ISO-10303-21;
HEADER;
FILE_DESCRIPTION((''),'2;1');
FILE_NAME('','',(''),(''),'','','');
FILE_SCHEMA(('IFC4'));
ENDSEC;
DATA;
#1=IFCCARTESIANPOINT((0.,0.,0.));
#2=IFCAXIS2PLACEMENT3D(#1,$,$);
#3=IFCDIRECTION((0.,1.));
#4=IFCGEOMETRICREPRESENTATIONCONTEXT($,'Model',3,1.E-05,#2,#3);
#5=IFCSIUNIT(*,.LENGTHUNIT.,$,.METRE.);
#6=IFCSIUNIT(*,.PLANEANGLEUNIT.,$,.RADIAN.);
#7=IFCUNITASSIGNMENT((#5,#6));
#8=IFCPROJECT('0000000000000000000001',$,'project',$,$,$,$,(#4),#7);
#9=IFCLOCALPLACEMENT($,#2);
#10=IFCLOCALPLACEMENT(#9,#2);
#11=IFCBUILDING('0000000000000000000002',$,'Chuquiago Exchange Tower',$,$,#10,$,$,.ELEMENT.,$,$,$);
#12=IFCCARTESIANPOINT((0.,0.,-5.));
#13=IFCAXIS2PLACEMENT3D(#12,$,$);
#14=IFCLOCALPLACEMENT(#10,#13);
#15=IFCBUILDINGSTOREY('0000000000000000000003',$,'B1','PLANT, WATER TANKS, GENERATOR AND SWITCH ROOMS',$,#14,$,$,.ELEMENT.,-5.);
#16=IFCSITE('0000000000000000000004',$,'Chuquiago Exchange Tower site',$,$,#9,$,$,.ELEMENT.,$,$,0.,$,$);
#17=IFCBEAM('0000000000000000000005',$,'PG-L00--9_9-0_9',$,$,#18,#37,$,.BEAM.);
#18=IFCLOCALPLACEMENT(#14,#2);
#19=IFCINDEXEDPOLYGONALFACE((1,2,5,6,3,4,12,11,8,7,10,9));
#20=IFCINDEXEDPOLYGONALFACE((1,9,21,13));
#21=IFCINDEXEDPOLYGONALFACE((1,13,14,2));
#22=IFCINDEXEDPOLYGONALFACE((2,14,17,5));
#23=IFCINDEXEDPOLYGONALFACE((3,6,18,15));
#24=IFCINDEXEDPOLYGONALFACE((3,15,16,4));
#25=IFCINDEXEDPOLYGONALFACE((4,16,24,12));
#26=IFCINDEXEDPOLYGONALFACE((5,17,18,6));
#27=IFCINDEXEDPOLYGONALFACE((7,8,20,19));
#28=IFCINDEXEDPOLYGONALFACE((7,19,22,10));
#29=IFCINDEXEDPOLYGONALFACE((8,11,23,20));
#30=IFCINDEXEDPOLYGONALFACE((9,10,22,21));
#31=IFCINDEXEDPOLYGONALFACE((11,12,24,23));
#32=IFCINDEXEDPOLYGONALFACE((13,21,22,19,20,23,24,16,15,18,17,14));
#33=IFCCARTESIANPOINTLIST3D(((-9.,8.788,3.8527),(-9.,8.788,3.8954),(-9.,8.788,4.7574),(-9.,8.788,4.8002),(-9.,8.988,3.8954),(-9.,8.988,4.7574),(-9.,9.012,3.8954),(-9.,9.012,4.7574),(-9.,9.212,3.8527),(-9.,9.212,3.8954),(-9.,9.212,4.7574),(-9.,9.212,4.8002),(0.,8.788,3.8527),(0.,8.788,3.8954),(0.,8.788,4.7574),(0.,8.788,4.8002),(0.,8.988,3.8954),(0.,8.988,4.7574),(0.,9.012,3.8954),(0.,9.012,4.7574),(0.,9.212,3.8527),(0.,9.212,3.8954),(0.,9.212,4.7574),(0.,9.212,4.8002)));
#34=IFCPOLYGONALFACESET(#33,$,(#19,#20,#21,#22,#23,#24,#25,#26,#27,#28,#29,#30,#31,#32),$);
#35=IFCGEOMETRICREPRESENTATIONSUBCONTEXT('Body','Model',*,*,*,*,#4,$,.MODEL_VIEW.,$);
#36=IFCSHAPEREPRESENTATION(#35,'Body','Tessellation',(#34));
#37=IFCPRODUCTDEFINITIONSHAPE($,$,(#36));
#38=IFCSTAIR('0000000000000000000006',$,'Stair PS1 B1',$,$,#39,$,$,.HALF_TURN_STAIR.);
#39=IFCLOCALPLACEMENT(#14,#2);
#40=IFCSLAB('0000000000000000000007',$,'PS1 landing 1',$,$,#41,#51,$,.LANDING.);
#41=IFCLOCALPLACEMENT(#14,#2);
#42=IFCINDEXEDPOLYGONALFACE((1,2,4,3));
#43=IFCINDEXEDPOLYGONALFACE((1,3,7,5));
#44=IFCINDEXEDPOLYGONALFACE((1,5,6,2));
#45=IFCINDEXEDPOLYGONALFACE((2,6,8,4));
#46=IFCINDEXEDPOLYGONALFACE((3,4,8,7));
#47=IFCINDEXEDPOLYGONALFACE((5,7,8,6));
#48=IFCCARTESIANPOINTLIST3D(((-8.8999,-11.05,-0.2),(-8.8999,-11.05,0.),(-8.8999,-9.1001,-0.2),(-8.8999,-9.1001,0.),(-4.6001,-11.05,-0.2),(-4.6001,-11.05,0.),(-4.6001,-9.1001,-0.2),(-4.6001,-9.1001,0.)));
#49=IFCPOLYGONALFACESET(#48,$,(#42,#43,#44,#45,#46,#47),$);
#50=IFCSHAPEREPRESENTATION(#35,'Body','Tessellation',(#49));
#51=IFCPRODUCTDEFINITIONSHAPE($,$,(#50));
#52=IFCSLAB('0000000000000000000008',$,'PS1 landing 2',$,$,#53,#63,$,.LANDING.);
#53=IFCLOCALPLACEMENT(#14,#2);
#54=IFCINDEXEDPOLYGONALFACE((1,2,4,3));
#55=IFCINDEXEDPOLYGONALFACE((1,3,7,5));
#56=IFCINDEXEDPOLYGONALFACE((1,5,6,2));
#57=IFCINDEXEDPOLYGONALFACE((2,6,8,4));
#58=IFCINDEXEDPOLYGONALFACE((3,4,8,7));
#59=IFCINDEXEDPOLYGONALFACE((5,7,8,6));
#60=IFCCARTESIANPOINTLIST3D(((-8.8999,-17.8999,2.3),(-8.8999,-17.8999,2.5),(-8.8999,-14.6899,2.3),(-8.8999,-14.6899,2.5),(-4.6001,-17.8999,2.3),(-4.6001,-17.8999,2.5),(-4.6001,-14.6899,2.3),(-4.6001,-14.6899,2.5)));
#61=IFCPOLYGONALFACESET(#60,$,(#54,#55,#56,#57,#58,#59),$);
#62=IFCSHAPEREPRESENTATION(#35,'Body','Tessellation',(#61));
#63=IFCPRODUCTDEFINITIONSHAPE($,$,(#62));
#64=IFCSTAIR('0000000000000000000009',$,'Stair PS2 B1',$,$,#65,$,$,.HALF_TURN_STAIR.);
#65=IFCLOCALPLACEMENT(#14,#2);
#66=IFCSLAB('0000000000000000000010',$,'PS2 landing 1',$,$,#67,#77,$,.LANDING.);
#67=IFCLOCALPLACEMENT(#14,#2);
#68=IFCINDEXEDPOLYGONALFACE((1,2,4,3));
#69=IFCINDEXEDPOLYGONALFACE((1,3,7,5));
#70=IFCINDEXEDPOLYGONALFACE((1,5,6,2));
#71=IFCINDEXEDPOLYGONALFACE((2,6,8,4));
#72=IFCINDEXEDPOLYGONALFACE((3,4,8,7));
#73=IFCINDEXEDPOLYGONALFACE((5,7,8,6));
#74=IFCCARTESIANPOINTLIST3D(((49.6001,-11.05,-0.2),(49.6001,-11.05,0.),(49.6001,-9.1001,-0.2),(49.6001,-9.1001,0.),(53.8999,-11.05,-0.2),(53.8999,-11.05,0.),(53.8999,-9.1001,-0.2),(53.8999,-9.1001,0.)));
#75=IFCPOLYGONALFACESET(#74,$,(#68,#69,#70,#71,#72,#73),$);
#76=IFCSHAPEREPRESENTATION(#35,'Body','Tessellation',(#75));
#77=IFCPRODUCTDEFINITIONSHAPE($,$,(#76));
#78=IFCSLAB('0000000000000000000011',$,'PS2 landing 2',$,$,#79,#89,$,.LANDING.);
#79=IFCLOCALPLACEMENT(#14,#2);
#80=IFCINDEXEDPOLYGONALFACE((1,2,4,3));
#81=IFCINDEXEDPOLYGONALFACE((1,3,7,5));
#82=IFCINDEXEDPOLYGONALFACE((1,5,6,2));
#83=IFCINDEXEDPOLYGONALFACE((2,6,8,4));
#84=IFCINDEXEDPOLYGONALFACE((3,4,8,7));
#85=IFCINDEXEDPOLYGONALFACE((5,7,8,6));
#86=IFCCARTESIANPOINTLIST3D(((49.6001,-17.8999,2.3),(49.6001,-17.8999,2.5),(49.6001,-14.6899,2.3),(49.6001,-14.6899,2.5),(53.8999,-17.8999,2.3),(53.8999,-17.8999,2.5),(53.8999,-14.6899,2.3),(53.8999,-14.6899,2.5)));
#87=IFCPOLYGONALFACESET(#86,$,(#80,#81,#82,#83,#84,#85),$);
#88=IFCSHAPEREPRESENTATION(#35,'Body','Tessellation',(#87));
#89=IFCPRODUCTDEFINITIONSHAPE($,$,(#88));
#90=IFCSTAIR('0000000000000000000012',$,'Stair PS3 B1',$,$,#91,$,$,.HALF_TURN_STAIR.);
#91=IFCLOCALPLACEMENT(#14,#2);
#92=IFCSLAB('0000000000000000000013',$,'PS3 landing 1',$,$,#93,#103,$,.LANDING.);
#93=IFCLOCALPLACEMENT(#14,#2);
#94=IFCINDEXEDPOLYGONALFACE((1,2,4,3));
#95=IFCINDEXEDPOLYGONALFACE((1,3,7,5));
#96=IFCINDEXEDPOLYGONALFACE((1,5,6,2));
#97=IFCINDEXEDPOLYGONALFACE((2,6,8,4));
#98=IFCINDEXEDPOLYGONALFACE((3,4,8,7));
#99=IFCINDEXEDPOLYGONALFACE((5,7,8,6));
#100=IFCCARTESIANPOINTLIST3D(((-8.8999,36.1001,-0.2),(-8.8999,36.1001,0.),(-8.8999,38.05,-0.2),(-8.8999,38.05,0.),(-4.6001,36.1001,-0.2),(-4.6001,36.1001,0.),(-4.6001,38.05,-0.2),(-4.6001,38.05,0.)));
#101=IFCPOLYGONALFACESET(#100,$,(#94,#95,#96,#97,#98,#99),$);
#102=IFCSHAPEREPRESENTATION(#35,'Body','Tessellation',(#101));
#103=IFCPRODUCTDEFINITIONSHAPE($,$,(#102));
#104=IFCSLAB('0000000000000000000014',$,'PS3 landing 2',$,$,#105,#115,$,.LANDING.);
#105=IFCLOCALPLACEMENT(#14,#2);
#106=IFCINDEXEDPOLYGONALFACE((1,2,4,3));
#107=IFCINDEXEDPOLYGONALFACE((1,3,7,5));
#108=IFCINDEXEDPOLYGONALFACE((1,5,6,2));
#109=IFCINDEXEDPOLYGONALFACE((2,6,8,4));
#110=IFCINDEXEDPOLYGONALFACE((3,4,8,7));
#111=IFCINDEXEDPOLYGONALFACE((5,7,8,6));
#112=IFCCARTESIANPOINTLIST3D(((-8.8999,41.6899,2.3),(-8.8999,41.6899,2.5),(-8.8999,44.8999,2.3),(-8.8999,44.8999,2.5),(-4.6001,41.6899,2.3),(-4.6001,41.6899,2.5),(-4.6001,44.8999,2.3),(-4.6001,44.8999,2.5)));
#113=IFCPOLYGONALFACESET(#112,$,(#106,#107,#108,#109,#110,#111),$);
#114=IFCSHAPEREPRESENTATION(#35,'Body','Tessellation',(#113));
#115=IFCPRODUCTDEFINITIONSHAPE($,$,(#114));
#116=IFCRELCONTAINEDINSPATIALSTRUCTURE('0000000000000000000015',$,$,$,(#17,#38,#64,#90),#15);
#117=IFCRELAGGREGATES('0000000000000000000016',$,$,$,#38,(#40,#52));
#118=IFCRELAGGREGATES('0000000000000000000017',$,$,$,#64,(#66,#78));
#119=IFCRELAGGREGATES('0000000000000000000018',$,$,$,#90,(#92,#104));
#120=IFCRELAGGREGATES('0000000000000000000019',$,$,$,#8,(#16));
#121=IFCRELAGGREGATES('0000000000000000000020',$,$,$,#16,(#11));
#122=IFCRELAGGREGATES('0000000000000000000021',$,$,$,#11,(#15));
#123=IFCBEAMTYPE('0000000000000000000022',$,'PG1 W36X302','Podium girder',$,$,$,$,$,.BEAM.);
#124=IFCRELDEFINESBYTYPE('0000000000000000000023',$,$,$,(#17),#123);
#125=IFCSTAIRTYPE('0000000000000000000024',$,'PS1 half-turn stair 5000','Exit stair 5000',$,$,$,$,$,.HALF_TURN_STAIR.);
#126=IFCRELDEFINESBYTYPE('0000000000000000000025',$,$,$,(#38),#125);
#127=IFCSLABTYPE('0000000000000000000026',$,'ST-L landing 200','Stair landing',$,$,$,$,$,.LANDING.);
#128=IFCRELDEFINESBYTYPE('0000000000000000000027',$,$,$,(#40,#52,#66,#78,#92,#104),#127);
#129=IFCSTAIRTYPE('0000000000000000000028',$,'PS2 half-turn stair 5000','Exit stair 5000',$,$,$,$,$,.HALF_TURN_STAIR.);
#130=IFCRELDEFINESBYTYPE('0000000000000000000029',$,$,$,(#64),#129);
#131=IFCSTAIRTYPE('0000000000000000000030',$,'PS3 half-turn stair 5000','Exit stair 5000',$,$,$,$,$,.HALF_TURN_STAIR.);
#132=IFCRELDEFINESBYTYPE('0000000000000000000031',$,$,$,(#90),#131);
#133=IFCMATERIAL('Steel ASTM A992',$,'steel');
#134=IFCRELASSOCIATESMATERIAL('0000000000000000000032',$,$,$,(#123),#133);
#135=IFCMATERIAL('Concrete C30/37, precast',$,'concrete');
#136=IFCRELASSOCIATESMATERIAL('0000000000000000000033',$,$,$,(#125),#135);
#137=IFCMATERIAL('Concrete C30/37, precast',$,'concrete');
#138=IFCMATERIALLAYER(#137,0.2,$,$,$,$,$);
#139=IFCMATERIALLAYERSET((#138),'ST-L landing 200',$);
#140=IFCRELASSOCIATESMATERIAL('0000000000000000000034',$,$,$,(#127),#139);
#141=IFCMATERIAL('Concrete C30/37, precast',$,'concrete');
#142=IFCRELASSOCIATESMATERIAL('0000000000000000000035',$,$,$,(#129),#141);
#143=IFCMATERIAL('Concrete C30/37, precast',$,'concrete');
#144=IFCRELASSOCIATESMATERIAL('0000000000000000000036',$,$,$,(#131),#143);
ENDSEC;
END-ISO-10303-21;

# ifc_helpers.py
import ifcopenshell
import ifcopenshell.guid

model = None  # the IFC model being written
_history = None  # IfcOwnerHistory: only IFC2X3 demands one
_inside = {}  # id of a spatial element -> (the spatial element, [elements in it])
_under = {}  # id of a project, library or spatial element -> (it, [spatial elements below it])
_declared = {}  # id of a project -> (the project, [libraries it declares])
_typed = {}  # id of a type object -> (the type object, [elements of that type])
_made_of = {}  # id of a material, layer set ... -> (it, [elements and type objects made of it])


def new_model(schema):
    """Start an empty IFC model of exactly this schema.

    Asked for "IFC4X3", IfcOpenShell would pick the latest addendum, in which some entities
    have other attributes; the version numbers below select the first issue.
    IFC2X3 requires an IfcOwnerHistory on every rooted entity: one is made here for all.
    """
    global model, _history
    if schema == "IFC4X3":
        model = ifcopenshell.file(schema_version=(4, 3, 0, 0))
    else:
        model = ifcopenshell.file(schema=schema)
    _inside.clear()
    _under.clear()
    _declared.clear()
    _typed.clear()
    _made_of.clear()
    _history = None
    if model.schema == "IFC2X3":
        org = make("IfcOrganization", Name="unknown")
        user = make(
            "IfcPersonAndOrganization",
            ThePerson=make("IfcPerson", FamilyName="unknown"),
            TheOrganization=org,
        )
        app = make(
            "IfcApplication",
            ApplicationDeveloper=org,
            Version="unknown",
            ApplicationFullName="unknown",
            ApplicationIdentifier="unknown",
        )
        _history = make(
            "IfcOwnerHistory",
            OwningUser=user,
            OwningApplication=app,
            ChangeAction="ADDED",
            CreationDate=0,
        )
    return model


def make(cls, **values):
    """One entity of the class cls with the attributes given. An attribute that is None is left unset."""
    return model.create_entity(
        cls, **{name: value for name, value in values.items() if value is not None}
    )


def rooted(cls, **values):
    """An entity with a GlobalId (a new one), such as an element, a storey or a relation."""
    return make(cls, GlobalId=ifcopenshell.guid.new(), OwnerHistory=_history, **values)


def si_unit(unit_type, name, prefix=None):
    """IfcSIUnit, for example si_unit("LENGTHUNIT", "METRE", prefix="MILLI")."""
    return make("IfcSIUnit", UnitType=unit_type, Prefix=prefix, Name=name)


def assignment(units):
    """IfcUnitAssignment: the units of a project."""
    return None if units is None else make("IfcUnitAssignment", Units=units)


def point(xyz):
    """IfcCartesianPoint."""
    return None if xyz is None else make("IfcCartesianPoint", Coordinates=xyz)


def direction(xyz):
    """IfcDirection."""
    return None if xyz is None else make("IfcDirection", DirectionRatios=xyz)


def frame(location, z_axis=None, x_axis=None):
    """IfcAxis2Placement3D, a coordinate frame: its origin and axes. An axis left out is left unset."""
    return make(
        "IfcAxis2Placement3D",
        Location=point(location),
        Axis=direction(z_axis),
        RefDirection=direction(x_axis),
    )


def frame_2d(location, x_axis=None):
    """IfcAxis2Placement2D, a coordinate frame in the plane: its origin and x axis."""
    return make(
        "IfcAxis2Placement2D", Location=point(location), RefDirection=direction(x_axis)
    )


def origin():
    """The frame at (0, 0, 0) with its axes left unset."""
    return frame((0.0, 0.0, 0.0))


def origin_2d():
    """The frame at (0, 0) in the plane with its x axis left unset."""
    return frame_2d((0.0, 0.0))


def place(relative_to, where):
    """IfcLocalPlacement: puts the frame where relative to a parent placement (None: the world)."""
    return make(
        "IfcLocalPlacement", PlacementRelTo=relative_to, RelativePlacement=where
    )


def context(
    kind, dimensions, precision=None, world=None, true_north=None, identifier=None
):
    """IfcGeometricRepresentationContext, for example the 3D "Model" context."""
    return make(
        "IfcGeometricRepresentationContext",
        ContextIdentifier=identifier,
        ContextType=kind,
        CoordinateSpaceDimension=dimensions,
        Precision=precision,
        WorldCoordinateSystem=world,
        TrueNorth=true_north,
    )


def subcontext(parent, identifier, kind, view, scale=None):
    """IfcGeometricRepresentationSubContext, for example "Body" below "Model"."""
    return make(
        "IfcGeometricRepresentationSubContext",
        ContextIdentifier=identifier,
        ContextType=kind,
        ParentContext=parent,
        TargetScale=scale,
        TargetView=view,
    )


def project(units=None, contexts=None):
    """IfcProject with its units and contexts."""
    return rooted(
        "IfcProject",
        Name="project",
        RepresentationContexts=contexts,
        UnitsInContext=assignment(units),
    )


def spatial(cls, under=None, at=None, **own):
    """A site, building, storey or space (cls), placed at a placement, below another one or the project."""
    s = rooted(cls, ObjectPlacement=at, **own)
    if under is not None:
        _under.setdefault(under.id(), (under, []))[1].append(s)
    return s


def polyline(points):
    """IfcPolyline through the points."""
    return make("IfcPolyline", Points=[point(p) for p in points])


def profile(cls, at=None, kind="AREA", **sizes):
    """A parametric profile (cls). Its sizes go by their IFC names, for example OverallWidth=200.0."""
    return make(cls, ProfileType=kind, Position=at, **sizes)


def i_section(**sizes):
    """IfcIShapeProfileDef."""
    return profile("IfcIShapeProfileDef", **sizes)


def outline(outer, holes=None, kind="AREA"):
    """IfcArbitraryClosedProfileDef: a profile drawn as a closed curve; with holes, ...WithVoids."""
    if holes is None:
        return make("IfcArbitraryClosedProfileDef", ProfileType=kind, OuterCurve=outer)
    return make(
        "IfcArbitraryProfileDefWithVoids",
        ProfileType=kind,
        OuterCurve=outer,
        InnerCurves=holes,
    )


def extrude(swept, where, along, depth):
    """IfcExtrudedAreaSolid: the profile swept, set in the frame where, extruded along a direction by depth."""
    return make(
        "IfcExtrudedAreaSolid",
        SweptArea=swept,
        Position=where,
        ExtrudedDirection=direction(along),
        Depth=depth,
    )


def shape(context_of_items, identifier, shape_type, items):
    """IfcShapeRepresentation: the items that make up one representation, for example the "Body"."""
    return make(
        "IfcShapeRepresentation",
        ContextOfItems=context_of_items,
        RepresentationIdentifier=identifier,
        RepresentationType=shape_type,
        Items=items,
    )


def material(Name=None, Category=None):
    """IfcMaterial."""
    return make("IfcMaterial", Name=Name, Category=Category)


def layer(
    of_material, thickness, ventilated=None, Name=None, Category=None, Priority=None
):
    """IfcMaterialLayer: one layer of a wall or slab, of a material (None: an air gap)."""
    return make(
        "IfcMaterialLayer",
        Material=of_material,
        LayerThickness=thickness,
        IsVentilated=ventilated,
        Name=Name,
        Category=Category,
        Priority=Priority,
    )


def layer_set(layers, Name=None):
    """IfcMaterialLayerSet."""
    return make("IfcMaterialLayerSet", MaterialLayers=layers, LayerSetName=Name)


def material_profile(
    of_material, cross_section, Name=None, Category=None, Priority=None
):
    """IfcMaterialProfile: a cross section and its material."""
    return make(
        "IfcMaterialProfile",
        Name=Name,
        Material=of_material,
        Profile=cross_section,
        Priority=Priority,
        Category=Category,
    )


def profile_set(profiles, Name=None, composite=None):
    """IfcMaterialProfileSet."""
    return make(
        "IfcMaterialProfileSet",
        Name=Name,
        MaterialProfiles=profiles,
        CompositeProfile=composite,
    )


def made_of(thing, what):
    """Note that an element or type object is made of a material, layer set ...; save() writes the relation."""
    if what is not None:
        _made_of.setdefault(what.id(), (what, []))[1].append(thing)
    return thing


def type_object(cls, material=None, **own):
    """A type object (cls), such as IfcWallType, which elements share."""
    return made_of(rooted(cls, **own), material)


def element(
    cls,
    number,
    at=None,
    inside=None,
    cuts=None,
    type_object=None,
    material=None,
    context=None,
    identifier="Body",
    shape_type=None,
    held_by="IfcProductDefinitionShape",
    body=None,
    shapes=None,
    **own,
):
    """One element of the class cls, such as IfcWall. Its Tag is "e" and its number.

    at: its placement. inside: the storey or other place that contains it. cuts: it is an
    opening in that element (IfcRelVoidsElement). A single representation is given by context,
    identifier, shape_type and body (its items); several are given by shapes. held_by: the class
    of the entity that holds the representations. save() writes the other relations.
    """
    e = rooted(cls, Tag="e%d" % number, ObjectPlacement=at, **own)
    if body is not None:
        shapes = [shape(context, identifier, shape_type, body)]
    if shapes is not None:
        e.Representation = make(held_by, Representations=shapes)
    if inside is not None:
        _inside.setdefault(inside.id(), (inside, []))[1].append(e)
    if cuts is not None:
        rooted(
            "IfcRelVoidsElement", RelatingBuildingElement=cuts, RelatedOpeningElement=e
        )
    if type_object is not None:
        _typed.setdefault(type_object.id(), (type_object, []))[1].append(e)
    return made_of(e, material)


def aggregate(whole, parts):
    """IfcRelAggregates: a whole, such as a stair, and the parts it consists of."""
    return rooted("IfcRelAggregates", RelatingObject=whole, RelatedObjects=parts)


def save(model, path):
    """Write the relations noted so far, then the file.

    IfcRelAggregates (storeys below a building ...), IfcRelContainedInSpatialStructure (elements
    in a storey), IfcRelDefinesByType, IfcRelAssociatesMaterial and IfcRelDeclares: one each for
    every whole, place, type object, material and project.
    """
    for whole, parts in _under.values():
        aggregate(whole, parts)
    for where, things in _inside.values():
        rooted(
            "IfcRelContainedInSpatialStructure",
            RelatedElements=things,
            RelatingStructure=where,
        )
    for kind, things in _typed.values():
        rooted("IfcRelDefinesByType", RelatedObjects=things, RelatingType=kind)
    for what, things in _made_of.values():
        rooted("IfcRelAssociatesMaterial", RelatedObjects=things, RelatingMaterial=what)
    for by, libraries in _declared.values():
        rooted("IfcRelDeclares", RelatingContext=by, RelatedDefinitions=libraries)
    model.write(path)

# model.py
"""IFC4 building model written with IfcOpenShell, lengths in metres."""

from ifc_helpers import new_model, si_unit, direction, frame, origin, origin_2d, place, context, subcontext, project, spatial, polyline, i_section, outline, extrude, material, layer, layer_set, material_profile, profile_set, type_object, element, aggregate, save


model = new_model("IFC4")

# Units and contexts
model_context = context("Model", 3, precision=1e-05, world=origin(), true_north=direction((0.0, 1.0)))
body_context = subcontext(model_context, "Body", "Model", "MODEL_VIEW")
ifc_project = project(units=[si_unit("LENGTHUNIT", "METRE"), si_unit("PLANEANGLEUNIT", "RADIAN")], contexts=[model_context])

# Site, building, storey
site_placement = place(None, origin())
site = spatial("IfcSite", under=ifc_project, at=site_placement, Name="Chuquiago Exchange Tower site", CompositionType="ELEMENT", RefElevation=0.0)
building_placement = place(site_placement, origin())
building = spatial("IfcBuilding", under=site, at=building_placement, Name="Chuquiago Exchange Tower", CompositionType="ELEMENT")
storey_placement = place(building_placement, frame((0.0, 0.0, -5.0)))
storey = spatial("IfcBuildingStorey", under=building, at=storey_placement, Name="B1", Description="PLANT, WATER TANKS, GENERATOR AND SWITCH ROOMS", CompositionType="ELEMENT", Elevation=-5.0)

# Beam
ifc_material_1 = material(Name="Steel ASTM A992", Category="steel")
ifc_material_profile_1 = material_profile(ifc_material_1, i_section(OverallWidth=0.4241, OverallDepth=0.9475, WebThickness=0.0239, FlangeThickness=0.0427, at=origin_2d()), Name="W36X302")
ifc_profile_set_1 = profile_set([ifc_material_profile_1], Name="Steel ASTM A992")
beam_type_1 = type_object("IfcBeamType", Name="PG1 W36X302", Description="Podium girder", PredefinedType="BEAM", material=ifc_profile_set_1)
for number, where, z_axis, x_axis, name in (
    (1, (-9.0, 9.0, 4.3264), (1.0, 0.0, 0.0), (0.0, 1.0, 0.0), "PG-L00--9_9-0_9"),
):
    element("IfcBeam", number, at=place(storey_placement, frame(where, z_axis=z_axis, x_axis=x_axis)), inside=storey, type_object=beam_type_1, Name=name, PredefinedType="BEAM", context=body_context, shape_type="SweptSolid", body=[
        extrude(i_section(OverallWidth=0.4241, OverallDepth=0.9475, WebThickness=0.0239, FlangeThickness=0.0427, at=origin_2d()), origin(), (0.0, 0.0, 1.0), 9.0),
    ])

# Stairs, slabs
ifc_material_2 = material(Name="Concrete C30/37, precast", Category="concrete")
stair_type_1 = type_object("IfcStairType", Name="PS1 half-turn stair 5000", Description="Exit stair 5000", PredefinedType="HALF_TURN_STAIR", material=ifc_material_2)
stair_1_placement = place(storey_placement, origin())
stair_1 = element("IfcStair", 2, at=stair_1_placement, inside=storey, type_object=stair_type_1, Name="Stair PS1 B1", PredefinedType="HALF_TURN_STAIR")
ifc_material_3 = material(Name="Concrete C30/37, precast", Category="concrete")
ifc_layer = layer(ifc_material_3, 0.2)
ifc_layer_set = layer_set([ifc_layer], Name="ST-L landing 200")
slab_type = type_object("IfcSlabType", Name="ST-L landing 200", Description="Stair landing", PredefinedType="LANDING", material=ifc_layer_set)
slab_1_placement = place(storey_placement, frame((0.0, 0.0, -0.2)))
slab_1 = element("IfcSlab", 3, at=slab_1_placement, type_object=slab_type, Name="PS1 landing 1", PredefinedType="LANDING", context=body_context, shape_type="SweptSolid", body=[
    extrude(outline(polyline([(-4.6001, -11.05), (-4.6001, -9.1001), (-8.8999, -9.1001), (-8.8999, -11.05), (-4.6001, -11.05)])), origin(), (0.0, 0.0, 1.0), 0.2),
])
slab_2_placement = place(storey_placement, frame((0.0, 0.0, 2.3)))
slab_2 = element("IfcSlab", 4, at=slab_2_placement, type_object=slab_type, Name="PS1 landing 2", PredefinedType="LANDING", context=body_context, shape_type="SweptSolid", body=[
    extrude(outline(polyline([(-8.8999, -14.6899), (-4.6001, -14.6899), (-4.6001, -17.8999), (-8.8999, -17.8999), (-8.8999, -14.6899)])), origin(), (0.0, 0.0, 1.0), 0.2),
])
aggregate(stair_1, [slab_1, slab_2])
ifc_material_4 = material(Name="Concrete C30/37, precast", Category="concrete")
stair_type_2 = type_object("IfcStairType", Name="PS2 half-turn stair 5000", Description="Exit stair 5000", PredefinedType="HALF_TURN_STAIR", material=ifc_material_4)
stair_2_placement = place(storey_placement, origin())
stair_2 = element("IfcStair", 5, at=stair_2_placement, inside=storey, type_object=stair_type_2, Name="Stair PS2 B1", PredefinedType="HALF_TURN_STAIR")
slab_3_placement = place(storey_placement, frame((0.0, 0.0, -0.2)))
slab_3 = element("IfcSlab", 6, at=slab_3_placement, type_object=slab_type, Name="PS2 landing 1", PredefinedType="LANDING", context=body_context, shape_type="SweptSolid", body=[
    extrude(outline(polyline([(53.8999, -11.05), (53.8999, -9.1001), (49.6001, -9.1001), (49.6001, -11.05), (53.8999, -11.05)])), origin(), (0.0, 0.0, 1.0), 0.2),
])
slab_4_placement = place(storey_placement, frame((0.0, 0.0, 2.3)))
slab_4 = element("IfcSlab", 7, at=slab_4_placement, type_object=slab_type, Name="PS2 landing 2", PredefinedType="LANDING", context=body_context, shape_type="SweptSolid", body=[
    extrude(outline(polyline([(49.6001, -14.6899), (53.8999, -14.6899), (53.8999, -17.8999), (49.6001, -17.8999), (49.6001, -14.6899)])), origin(), (0.0, 0.0, 1.0), 0.2),
])
aggregate(stair_2, [slab_3, slab_4])
ifc_material_5 = material(Name="Concrete C30/37, precast", Category="concrete")
stair_type_3 = type_object("IfcStairType", Name="PS3 half-turn stair 5000", Description="Exit stair 5000", PredefinedType="HALF_TURN_STAIR", material=ifc_material_5)
stair_3_placement = place(storey_placement, origin())
stair_3 = element("IfcStair", 8, at=stair_3_placement, inside=storey, type_object=stair_type_3, Name="Stair PS3 B1", PredefinedType="HALF_TURN_STAIR")
slab_5_placement = place(storey_placement, frame((0.0, 0.0, -0.2)))
slab_5 = element("IfcSlab", 9, at=slab_5_placement, type_object=slab_type, Name="PS3 landing 1", PredefinedType="LANDING", context=body_context, shape_type="SweptSolid", body=[
    extrude(outline(polyline([(-4.6001, 36.1001), (-4.6001, 38.05), (-8.8999, 38.05), (-8.8999, 36.1001), (-4.6001, 36.1001)])), origin(), (0.0, 0.0, 1.0), 0.2),
])
slab_6_placement = place(storey_placement, frame((0.0, 0.0, 2.3)))
slab_6 = element("IfcSlab", 10, at=slab_6_placement, type_object=slab_type, Name="PS3 landing 2", PredefinedType="LANDING", context=body_context, shape_type="SweptSolid", body=[
    extrude(outline(polyline([(-8.8999, 44.8999), (-4.6001, 44.8999), (-4.6001, 41.6899), (-8.8999, 41.6899), (-8.8999, 44.8999)])), origin(), (0.0, 0.0, 1.0), 0.2),
])
aggregate(stair_3, [slab_5, slab_6])

save(model, "model.ifc")
